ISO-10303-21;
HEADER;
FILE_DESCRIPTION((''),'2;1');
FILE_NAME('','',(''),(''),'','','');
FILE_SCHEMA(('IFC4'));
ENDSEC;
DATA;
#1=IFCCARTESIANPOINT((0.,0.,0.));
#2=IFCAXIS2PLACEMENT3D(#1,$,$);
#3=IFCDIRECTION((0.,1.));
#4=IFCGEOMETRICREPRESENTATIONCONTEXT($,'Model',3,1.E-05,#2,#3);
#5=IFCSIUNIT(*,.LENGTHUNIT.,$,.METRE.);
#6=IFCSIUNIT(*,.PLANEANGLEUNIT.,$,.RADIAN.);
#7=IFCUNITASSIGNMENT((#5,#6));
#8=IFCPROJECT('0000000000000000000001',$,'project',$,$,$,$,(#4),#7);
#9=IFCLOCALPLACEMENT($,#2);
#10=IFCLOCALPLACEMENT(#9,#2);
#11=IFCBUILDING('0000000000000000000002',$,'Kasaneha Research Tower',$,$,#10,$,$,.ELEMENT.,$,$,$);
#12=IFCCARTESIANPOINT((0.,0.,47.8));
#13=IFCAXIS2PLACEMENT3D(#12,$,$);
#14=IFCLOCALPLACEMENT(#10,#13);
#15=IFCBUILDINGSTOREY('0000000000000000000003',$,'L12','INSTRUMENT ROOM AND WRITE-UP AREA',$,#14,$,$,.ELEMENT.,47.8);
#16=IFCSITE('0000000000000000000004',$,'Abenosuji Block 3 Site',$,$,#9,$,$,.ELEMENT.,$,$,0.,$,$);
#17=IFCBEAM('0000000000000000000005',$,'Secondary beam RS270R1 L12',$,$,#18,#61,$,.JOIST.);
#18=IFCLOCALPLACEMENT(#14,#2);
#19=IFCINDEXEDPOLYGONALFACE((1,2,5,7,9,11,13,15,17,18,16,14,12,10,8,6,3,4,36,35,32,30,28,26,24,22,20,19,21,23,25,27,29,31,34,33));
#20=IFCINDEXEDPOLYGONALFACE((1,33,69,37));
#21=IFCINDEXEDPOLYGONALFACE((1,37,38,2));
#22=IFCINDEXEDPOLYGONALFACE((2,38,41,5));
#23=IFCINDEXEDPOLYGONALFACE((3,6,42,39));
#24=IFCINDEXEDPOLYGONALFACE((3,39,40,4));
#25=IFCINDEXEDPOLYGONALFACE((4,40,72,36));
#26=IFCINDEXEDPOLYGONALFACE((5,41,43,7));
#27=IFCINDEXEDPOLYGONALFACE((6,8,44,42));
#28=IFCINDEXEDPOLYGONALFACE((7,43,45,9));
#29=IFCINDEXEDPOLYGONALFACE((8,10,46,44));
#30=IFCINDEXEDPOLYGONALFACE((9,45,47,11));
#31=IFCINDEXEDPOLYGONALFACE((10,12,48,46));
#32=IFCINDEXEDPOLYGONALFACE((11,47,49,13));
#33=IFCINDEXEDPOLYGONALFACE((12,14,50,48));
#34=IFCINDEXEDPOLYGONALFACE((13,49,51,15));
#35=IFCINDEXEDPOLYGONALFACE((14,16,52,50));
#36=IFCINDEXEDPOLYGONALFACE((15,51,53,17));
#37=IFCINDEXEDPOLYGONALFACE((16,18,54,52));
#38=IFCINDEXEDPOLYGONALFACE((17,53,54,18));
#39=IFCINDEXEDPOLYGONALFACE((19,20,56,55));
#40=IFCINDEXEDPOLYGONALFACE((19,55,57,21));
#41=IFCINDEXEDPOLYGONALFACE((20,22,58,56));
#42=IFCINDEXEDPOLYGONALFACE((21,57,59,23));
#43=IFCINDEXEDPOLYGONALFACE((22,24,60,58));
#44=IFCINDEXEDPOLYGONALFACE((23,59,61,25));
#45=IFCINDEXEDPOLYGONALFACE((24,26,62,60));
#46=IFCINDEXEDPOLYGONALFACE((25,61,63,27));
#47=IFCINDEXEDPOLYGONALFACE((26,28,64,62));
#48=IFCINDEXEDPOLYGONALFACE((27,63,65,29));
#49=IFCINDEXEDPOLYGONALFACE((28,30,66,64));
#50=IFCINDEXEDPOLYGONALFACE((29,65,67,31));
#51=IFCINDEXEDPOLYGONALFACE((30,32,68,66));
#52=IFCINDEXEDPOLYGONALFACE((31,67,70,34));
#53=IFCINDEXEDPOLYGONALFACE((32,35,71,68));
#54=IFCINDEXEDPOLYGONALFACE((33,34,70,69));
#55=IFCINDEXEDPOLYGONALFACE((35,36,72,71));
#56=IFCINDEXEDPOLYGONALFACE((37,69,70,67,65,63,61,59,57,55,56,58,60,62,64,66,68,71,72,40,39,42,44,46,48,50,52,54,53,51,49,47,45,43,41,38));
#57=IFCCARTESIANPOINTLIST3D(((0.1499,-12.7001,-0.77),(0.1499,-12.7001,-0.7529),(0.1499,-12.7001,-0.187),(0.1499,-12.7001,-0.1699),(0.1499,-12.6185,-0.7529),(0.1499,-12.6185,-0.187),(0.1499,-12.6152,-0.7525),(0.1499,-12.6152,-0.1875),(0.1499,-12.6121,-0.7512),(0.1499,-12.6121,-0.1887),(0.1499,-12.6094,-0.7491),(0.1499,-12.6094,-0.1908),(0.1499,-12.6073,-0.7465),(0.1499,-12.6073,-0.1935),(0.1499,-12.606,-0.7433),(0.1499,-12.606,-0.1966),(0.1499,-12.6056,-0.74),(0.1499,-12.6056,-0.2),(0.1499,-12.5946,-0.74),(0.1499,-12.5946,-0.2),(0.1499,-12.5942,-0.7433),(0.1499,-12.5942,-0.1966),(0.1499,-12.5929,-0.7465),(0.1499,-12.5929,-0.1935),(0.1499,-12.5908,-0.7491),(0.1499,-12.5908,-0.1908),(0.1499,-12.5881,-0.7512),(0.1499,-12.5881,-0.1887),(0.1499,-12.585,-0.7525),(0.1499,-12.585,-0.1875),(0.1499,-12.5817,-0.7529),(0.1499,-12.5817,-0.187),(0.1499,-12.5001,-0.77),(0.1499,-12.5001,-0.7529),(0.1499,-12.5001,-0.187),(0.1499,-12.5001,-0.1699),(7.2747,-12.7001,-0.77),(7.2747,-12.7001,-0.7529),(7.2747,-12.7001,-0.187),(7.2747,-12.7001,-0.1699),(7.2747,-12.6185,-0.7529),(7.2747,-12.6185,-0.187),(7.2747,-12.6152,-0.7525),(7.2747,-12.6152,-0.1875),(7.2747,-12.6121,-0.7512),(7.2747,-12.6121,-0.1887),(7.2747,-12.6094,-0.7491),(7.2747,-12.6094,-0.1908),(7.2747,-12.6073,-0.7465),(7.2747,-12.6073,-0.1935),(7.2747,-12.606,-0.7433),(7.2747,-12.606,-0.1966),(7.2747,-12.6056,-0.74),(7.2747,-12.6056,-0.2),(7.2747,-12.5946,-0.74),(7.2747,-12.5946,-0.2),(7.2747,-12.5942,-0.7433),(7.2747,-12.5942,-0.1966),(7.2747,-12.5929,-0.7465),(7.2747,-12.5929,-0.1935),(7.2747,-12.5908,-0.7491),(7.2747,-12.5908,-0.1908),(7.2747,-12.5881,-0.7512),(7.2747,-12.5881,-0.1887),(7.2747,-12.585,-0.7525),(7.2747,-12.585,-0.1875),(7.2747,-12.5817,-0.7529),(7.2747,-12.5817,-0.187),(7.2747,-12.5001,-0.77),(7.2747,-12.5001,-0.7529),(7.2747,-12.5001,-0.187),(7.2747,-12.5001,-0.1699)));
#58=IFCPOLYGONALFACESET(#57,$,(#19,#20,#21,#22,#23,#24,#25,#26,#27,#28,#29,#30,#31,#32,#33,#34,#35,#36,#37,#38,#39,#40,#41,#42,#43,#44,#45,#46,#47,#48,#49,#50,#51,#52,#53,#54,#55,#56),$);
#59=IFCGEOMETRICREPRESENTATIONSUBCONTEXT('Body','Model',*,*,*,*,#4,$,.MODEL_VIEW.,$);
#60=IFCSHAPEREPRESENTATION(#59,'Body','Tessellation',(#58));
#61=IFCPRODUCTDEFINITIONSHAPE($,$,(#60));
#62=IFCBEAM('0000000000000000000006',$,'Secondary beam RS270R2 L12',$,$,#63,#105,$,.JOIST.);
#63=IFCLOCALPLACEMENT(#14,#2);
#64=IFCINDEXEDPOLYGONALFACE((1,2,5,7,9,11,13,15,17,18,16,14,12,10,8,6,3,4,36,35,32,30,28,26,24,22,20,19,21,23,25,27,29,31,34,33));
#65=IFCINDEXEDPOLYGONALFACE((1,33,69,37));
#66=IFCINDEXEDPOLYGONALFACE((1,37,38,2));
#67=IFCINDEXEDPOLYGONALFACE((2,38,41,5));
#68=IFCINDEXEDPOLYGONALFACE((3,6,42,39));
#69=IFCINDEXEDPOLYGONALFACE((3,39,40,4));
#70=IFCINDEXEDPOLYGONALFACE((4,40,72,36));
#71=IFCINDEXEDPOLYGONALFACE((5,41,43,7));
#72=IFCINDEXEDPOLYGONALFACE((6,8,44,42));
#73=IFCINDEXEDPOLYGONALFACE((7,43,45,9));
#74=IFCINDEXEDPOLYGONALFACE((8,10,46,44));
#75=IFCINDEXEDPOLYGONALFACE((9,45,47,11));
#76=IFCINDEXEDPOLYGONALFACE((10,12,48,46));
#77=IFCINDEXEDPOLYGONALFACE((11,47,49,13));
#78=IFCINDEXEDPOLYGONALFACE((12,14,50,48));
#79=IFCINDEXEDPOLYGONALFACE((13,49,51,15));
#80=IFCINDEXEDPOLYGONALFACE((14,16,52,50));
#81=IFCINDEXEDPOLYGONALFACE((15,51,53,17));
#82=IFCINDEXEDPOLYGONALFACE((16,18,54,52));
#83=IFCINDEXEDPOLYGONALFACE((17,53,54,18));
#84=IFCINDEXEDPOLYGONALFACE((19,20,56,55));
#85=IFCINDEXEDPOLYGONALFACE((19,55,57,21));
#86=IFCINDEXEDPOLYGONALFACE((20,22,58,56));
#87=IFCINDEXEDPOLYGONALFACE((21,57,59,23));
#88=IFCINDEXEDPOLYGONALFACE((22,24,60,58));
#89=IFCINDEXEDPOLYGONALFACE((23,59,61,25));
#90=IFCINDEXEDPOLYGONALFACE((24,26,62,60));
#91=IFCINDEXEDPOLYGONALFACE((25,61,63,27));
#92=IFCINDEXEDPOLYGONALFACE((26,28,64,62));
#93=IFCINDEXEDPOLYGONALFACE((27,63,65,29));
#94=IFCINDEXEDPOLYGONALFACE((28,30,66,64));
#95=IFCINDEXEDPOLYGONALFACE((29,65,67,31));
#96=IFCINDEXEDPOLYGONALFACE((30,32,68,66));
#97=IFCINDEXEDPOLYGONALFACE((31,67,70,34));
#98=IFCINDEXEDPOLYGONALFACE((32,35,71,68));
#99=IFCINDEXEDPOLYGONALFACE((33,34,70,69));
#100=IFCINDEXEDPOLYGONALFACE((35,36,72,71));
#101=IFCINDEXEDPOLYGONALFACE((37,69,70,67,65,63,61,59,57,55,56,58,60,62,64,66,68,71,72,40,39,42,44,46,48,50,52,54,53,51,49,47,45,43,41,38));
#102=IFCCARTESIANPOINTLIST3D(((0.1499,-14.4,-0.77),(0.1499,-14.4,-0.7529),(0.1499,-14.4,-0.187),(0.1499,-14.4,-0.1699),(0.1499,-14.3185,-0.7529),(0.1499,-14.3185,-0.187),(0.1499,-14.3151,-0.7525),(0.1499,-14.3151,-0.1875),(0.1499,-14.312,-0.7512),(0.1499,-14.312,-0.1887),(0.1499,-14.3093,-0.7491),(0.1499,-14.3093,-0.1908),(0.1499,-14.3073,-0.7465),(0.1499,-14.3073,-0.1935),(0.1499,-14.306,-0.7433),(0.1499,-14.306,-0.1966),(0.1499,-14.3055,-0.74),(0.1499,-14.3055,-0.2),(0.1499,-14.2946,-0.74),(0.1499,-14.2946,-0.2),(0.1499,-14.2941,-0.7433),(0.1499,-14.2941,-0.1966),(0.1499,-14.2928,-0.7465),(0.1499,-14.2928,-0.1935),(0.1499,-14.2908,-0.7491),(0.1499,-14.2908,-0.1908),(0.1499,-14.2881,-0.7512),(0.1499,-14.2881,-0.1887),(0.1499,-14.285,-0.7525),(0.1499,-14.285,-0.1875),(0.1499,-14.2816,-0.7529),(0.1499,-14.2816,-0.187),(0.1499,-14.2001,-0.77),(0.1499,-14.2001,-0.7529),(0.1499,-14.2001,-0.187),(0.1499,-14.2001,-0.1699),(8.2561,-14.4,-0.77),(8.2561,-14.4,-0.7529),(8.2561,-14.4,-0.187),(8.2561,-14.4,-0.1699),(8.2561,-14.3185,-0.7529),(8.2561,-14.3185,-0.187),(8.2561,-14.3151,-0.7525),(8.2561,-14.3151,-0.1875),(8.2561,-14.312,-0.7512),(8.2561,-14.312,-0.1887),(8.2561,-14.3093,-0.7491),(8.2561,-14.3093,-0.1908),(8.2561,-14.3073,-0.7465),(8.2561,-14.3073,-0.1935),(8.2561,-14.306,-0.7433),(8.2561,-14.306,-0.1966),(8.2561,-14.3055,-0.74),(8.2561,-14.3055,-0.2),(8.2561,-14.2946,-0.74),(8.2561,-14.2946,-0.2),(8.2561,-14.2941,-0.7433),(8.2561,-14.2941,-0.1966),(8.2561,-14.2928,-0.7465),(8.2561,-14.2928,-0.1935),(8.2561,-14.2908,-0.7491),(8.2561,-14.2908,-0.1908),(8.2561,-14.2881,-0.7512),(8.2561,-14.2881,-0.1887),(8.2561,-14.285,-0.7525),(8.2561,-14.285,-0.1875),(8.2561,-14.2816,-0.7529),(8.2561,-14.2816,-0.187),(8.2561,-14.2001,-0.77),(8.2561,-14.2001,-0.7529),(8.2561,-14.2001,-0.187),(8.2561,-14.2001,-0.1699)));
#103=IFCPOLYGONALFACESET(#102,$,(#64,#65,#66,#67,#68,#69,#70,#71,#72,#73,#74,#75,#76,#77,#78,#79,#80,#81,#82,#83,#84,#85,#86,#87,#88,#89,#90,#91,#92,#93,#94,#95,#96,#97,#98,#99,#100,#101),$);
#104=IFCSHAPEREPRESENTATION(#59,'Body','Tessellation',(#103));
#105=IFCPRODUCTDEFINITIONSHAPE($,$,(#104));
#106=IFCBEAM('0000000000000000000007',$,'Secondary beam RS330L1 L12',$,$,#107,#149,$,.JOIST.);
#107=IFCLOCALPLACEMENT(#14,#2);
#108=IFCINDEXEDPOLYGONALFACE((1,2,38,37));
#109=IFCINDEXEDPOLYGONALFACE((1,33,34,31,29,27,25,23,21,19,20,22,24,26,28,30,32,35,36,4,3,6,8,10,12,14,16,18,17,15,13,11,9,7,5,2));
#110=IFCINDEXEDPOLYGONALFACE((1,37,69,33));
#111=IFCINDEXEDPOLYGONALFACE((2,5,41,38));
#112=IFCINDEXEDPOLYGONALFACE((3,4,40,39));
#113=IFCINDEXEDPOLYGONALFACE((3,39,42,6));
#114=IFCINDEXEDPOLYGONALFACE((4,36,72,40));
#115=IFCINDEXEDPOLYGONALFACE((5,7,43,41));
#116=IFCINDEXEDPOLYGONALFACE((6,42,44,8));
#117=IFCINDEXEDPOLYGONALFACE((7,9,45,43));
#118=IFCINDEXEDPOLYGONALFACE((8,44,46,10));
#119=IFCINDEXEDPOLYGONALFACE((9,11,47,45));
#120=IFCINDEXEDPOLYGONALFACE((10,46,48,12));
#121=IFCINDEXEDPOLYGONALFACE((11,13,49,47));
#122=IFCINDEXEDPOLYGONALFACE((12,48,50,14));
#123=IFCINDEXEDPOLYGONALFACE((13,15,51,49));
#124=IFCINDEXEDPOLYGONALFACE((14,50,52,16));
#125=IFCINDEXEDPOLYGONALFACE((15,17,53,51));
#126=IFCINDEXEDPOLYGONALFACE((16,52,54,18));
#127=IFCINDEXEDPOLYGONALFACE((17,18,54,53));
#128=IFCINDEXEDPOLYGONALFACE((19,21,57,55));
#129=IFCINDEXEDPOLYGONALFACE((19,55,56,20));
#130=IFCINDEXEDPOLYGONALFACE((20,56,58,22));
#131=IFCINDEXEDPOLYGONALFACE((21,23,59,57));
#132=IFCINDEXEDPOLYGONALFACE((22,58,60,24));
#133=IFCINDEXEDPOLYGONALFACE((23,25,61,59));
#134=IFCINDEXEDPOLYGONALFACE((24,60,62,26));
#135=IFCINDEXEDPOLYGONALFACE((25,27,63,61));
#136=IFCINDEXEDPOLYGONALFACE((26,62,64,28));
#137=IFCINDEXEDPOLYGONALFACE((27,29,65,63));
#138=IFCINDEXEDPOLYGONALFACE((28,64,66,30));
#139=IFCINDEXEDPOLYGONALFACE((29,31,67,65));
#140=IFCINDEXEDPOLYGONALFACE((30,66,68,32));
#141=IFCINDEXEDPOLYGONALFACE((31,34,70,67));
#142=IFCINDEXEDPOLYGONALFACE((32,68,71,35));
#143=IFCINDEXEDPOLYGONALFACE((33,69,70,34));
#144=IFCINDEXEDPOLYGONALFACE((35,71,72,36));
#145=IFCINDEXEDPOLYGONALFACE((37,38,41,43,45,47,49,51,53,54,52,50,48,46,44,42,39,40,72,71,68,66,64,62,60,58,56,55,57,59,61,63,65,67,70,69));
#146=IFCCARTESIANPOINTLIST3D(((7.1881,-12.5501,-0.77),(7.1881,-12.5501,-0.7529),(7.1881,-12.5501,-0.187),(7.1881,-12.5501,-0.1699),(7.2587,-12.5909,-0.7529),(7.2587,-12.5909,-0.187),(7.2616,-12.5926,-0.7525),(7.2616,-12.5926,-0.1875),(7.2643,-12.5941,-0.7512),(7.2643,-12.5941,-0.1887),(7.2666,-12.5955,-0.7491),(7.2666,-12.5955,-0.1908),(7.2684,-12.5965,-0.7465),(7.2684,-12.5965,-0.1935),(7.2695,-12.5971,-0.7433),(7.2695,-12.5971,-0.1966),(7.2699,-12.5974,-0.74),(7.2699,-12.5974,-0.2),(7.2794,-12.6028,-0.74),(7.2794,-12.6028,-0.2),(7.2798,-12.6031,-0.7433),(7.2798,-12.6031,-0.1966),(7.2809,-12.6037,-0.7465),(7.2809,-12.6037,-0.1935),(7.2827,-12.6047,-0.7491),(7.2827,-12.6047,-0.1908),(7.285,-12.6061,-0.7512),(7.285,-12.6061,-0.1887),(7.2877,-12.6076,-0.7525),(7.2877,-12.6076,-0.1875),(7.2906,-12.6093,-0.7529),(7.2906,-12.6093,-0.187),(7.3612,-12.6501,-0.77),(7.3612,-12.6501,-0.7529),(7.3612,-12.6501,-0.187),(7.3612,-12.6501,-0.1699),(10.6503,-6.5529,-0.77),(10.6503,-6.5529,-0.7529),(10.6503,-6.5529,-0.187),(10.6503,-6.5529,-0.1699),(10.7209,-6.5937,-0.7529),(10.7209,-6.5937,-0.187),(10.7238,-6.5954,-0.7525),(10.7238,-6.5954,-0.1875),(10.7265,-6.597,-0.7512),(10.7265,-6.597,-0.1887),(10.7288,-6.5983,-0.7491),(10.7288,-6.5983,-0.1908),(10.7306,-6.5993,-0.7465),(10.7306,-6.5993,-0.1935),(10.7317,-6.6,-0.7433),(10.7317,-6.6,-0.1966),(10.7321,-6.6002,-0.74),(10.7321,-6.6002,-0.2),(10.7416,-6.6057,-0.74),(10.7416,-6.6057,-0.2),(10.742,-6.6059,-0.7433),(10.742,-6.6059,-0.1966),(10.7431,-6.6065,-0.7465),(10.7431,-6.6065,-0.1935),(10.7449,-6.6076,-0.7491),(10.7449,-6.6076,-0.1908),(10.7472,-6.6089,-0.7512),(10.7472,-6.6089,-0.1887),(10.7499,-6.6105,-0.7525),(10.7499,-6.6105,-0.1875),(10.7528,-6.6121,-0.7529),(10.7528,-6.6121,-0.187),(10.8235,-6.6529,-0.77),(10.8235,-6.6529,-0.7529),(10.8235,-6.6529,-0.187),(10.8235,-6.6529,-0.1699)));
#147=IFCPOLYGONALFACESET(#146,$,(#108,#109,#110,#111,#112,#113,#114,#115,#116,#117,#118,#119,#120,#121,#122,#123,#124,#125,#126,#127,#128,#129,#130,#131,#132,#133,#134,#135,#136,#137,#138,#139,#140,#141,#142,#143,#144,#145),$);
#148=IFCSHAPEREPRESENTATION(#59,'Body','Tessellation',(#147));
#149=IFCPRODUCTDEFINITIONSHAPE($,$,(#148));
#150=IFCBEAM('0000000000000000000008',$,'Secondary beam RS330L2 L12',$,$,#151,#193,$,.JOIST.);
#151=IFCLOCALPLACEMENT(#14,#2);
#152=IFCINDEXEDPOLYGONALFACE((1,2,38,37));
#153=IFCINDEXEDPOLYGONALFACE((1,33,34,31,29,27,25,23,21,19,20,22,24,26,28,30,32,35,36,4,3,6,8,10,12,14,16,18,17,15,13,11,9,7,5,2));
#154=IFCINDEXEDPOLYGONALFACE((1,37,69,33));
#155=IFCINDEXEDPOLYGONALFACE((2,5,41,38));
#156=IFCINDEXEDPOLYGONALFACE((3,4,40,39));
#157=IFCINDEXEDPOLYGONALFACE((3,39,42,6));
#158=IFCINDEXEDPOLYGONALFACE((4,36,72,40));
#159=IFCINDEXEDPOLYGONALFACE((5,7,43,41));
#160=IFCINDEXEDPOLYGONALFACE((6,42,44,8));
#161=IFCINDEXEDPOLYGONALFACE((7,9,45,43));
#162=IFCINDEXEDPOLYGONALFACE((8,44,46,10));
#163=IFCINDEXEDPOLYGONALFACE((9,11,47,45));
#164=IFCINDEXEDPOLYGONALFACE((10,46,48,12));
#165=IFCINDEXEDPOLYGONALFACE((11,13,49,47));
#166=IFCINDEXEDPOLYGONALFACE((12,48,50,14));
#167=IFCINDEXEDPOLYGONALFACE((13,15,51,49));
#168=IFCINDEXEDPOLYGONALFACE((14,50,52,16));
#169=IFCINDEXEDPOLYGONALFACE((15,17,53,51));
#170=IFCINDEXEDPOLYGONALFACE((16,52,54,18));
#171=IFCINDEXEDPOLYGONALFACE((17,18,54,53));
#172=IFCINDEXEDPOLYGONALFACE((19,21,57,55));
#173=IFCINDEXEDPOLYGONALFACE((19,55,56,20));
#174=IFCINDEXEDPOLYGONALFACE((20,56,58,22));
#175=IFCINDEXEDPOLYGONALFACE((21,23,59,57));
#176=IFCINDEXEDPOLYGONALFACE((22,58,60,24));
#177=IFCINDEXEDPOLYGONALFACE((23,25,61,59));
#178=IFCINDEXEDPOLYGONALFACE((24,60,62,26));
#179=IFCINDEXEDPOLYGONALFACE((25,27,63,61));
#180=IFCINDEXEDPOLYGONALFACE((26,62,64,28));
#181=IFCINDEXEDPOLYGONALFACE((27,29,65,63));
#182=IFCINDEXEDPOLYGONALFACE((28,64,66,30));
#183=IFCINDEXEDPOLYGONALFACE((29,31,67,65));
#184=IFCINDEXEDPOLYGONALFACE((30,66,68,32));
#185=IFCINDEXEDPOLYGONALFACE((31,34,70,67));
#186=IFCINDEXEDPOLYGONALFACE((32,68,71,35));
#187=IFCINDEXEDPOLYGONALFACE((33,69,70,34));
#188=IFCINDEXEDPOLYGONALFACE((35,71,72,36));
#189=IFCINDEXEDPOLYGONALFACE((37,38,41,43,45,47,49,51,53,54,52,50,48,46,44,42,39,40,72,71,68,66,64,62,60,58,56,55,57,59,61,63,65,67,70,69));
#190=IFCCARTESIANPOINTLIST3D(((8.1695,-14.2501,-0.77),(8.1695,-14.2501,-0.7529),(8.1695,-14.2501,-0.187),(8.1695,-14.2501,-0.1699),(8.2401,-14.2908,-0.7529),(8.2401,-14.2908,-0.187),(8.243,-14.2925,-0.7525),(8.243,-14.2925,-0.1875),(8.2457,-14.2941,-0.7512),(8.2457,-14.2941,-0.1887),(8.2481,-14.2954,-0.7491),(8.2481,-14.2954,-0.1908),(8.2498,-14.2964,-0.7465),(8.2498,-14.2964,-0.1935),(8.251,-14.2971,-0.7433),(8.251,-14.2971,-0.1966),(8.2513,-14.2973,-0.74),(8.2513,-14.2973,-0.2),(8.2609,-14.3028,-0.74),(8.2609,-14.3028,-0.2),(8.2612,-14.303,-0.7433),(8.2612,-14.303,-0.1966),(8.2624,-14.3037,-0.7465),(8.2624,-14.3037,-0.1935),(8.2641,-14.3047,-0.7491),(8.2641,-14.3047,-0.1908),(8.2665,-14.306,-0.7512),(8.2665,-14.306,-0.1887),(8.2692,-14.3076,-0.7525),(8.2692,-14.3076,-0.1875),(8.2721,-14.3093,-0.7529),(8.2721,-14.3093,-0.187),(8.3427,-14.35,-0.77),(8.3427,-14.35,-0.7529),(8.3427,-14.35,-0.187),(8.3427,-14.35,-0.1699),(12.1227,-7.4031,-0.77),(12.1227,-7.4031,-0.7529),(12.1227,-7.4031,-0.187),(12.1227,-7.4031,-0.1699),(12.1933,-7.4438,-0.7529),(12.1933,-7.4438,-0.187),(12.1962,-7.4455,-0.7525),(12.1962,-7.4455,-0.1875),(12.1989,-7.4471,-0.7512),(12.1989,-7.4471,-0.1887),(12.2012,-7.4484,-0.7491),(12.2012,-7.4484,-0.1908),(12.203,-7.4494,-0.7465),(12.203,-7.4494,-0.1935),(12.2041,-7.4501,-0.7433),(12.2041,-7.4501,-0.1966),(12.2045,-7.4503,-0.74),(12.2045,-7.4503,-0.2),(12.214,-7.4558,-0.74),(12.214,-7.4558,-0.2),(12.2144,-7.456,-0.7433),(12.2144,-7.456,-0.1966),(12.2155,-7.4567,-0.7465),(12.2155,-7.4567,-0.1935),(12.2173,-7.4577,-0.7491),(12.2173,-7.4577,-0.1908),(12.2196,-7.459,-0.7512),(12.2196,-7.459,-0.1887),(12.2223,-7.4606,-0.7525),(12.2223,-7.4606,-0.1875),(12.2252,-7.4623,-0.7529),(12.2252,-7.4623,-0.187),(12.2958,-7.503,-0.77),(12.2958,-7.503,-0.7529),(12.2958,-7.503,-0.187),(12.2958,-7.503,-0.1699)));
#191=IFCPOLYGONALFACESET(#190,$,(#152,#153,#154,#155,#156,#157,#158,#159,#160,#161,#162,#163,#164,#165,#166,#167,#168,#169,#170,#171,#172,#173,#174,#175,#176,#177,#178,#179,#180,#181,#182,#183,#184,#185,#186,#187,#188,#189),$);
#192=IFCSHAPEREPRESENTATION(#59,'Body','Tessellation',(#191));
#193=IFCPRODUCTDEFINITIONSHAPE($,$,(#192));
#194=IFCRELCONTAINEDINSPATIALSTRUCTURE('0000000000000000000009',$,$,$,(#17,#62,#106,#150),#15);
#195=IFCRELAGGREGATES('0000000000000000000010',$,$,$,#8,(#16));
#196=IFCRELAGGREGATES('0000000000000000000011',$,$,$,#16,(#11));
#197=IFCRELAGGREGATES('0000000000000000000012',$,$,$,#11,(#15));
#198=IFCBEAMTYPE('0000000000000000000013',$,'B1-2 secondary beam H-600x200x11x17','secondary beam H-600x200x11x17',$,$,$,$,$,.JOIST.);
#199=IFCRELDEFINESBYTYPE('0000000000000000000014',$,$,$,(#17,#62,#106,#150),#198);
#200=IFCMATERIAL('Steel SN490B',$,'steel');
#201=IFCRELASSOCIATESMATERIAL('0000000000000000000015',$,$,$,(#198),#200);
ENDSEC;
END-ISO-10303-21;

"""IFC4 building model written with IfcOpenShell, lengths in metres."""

from ifc_helpers import new_model, si_unit, direction, frame, origin, origin_2d, place, context, subcontext, project, spatial, i_section, extrude, material, material_profile, profile_set, type_object, element, save


model = new_model("IFC4")

# Units and contexts
model_context = context("Model", 3, precision=1e-05, world=origin(), true_north=direction((0.0, 1.0)))
body_context = subcontext(model_context, "Body", "Model", "MODEL_VIEW")
ifc_project = project(units=[si_unit("LENGTHUNIT", "METRE"), si_unit("PLANEANGLEUNIT", "RADIAN")], contexts=[model_context])

# Site, building, storey
site_placement = place(None, origin())
site = spatial("IfcSite", under=ifc_project, at=site_placement, Name="Abenosuji Block 3 Site", CompositionType="ELEMENT", RefElevation=0.0)
building_placement = place(site_placement, origin())
building = spatial("IfcBuilding", under=site, at=building_placement, Name="Kasaneha Research Tower", CompositionType="ELEMENT")
storey_placement = place(building_placement, frame((0.0, 0.0, 47.8)))
storey = spatial("IfcBuildingStorey", under=building, at=storey_placement, Name="L12", Description="INSTRUMENT ROOM AND WRITE-UP AREA", CompositionType="ELEMENT", Elevation=47.8)

# Beams
ifc_material_1 = material(Name="Steel SN490B", Category="steel")
ifc_material_profile_1 = material_profile(ifc_material_1, i_section(OverallWidth=0.2, OverallDepth=0.6001, WebThickness=0.011, FlangeThickness=0.0171, FilletRadius=0.0129, at=origin_2d()), Name="H-600x200x11x17")
ifc_profile_set_1 = profile_set([ifc_material_profile_1], Name="Steel SN490B")
beam_type_1 = type_object("IfcBeamType", Name="B1-2 secondary beam H-600x200x11x17", Description="secondary beam H-600x200x11x17", PredefinedType="JOIST", material=ifc_profile_set_1)
beam_1_placement = place(storey_placement, frame((7.2747, -12.6001, -0.47), z_axis=(-1.0, 0.0, 0.0), x_axis=(0.0, -1.0, 0.0)))
element("IfcBeam", 1, at=beam_1_placement, inside=storey, type_object=beam_type_1, Name="Secondary beam RS270R1 L12", PredefinedType="JOIST", context=body_context, shape_type="SweptSolid", body=[
    extrude(i_section(OverallWidth=0.2, OverallDepth=0.6001, WebThickness=0.011, FlangeThickness=0.0171, FilletRadius=0.0129, at=origin_2d()), origin(), (0.0, 0.0, 1.0), 7.1248),
])
beam_2_placement = place(storey_placement, frame((8.2561, -14.3, -0.47), z_axis=(-1.0, 0.0, 0.0), x_axis=(0.0, -1.0, 0.0)))
element("IfcBeam", 2, at=beam_2_placement, inside=storey, type_object=beam_type_1, Name="Secondary beam RS270R2 L12", PredefinedType="JOIST", context=body_context, shape_type="SweptSolid", body=[
    extrude(i_section(OverallWidth=0.2, OverallDepth=0.6001, WebThickness=0.011, FlangeThickness=0.0171, FilletRadius=0.0129, at=origin_2d()), origin(), (0.0, 0.0, 1.0), 8.1062),
])
beam_3_placement = place(storey_placement, frame((7.2747, -12.6001, -0.47), z_axis=(0.499973, 0.866041, 0.0), x_axis=(-0.866041, 0.499973, 0.0)))
element("IfcBeam", 3, at=beam_3_placement, inside=storey, type_object=beam_type_1, Name="Secondary beam RS330L1 L12", PredefinedType="JOIST", context=body_context, shape_type="SweptSolid", body=[
    extrude(i_section(OverallWidth=0.2, OverallDepth=0.6001, WebThickness=0.011, FlangeThickness=0.0171, FilletRadius=0.0129, at=origin_2d()), origin(), (0.0, 0.0, 1.0), 6.9248),
])
beam_4_placement = place(storey_placement, frame((8.2561, -14.3, -0.47), z_axis=(0.500005, 0.866023, 0.0), x_axis=(-0.866023, 0.500005, 0.0)))
element("IfcBeam", 4, at=beam_4_placement, inside=storey, type_object=beam_type_1, Name="Secondary beam RS330L2 L12", PredefinedType="JOIST", context=body_context, shape_type="SweptSolid", body=[
    extrude(i_section(OverallWidth=0.2, OverallDepth=0.6001, WebThickness=0.011, FlangeThickness=0.0171, FilletRadius=0.0129, at=origin_2d()), origin(), (0.0, 0.0, 1.0), 7.9062),
])

save(model, "model.ifc")
